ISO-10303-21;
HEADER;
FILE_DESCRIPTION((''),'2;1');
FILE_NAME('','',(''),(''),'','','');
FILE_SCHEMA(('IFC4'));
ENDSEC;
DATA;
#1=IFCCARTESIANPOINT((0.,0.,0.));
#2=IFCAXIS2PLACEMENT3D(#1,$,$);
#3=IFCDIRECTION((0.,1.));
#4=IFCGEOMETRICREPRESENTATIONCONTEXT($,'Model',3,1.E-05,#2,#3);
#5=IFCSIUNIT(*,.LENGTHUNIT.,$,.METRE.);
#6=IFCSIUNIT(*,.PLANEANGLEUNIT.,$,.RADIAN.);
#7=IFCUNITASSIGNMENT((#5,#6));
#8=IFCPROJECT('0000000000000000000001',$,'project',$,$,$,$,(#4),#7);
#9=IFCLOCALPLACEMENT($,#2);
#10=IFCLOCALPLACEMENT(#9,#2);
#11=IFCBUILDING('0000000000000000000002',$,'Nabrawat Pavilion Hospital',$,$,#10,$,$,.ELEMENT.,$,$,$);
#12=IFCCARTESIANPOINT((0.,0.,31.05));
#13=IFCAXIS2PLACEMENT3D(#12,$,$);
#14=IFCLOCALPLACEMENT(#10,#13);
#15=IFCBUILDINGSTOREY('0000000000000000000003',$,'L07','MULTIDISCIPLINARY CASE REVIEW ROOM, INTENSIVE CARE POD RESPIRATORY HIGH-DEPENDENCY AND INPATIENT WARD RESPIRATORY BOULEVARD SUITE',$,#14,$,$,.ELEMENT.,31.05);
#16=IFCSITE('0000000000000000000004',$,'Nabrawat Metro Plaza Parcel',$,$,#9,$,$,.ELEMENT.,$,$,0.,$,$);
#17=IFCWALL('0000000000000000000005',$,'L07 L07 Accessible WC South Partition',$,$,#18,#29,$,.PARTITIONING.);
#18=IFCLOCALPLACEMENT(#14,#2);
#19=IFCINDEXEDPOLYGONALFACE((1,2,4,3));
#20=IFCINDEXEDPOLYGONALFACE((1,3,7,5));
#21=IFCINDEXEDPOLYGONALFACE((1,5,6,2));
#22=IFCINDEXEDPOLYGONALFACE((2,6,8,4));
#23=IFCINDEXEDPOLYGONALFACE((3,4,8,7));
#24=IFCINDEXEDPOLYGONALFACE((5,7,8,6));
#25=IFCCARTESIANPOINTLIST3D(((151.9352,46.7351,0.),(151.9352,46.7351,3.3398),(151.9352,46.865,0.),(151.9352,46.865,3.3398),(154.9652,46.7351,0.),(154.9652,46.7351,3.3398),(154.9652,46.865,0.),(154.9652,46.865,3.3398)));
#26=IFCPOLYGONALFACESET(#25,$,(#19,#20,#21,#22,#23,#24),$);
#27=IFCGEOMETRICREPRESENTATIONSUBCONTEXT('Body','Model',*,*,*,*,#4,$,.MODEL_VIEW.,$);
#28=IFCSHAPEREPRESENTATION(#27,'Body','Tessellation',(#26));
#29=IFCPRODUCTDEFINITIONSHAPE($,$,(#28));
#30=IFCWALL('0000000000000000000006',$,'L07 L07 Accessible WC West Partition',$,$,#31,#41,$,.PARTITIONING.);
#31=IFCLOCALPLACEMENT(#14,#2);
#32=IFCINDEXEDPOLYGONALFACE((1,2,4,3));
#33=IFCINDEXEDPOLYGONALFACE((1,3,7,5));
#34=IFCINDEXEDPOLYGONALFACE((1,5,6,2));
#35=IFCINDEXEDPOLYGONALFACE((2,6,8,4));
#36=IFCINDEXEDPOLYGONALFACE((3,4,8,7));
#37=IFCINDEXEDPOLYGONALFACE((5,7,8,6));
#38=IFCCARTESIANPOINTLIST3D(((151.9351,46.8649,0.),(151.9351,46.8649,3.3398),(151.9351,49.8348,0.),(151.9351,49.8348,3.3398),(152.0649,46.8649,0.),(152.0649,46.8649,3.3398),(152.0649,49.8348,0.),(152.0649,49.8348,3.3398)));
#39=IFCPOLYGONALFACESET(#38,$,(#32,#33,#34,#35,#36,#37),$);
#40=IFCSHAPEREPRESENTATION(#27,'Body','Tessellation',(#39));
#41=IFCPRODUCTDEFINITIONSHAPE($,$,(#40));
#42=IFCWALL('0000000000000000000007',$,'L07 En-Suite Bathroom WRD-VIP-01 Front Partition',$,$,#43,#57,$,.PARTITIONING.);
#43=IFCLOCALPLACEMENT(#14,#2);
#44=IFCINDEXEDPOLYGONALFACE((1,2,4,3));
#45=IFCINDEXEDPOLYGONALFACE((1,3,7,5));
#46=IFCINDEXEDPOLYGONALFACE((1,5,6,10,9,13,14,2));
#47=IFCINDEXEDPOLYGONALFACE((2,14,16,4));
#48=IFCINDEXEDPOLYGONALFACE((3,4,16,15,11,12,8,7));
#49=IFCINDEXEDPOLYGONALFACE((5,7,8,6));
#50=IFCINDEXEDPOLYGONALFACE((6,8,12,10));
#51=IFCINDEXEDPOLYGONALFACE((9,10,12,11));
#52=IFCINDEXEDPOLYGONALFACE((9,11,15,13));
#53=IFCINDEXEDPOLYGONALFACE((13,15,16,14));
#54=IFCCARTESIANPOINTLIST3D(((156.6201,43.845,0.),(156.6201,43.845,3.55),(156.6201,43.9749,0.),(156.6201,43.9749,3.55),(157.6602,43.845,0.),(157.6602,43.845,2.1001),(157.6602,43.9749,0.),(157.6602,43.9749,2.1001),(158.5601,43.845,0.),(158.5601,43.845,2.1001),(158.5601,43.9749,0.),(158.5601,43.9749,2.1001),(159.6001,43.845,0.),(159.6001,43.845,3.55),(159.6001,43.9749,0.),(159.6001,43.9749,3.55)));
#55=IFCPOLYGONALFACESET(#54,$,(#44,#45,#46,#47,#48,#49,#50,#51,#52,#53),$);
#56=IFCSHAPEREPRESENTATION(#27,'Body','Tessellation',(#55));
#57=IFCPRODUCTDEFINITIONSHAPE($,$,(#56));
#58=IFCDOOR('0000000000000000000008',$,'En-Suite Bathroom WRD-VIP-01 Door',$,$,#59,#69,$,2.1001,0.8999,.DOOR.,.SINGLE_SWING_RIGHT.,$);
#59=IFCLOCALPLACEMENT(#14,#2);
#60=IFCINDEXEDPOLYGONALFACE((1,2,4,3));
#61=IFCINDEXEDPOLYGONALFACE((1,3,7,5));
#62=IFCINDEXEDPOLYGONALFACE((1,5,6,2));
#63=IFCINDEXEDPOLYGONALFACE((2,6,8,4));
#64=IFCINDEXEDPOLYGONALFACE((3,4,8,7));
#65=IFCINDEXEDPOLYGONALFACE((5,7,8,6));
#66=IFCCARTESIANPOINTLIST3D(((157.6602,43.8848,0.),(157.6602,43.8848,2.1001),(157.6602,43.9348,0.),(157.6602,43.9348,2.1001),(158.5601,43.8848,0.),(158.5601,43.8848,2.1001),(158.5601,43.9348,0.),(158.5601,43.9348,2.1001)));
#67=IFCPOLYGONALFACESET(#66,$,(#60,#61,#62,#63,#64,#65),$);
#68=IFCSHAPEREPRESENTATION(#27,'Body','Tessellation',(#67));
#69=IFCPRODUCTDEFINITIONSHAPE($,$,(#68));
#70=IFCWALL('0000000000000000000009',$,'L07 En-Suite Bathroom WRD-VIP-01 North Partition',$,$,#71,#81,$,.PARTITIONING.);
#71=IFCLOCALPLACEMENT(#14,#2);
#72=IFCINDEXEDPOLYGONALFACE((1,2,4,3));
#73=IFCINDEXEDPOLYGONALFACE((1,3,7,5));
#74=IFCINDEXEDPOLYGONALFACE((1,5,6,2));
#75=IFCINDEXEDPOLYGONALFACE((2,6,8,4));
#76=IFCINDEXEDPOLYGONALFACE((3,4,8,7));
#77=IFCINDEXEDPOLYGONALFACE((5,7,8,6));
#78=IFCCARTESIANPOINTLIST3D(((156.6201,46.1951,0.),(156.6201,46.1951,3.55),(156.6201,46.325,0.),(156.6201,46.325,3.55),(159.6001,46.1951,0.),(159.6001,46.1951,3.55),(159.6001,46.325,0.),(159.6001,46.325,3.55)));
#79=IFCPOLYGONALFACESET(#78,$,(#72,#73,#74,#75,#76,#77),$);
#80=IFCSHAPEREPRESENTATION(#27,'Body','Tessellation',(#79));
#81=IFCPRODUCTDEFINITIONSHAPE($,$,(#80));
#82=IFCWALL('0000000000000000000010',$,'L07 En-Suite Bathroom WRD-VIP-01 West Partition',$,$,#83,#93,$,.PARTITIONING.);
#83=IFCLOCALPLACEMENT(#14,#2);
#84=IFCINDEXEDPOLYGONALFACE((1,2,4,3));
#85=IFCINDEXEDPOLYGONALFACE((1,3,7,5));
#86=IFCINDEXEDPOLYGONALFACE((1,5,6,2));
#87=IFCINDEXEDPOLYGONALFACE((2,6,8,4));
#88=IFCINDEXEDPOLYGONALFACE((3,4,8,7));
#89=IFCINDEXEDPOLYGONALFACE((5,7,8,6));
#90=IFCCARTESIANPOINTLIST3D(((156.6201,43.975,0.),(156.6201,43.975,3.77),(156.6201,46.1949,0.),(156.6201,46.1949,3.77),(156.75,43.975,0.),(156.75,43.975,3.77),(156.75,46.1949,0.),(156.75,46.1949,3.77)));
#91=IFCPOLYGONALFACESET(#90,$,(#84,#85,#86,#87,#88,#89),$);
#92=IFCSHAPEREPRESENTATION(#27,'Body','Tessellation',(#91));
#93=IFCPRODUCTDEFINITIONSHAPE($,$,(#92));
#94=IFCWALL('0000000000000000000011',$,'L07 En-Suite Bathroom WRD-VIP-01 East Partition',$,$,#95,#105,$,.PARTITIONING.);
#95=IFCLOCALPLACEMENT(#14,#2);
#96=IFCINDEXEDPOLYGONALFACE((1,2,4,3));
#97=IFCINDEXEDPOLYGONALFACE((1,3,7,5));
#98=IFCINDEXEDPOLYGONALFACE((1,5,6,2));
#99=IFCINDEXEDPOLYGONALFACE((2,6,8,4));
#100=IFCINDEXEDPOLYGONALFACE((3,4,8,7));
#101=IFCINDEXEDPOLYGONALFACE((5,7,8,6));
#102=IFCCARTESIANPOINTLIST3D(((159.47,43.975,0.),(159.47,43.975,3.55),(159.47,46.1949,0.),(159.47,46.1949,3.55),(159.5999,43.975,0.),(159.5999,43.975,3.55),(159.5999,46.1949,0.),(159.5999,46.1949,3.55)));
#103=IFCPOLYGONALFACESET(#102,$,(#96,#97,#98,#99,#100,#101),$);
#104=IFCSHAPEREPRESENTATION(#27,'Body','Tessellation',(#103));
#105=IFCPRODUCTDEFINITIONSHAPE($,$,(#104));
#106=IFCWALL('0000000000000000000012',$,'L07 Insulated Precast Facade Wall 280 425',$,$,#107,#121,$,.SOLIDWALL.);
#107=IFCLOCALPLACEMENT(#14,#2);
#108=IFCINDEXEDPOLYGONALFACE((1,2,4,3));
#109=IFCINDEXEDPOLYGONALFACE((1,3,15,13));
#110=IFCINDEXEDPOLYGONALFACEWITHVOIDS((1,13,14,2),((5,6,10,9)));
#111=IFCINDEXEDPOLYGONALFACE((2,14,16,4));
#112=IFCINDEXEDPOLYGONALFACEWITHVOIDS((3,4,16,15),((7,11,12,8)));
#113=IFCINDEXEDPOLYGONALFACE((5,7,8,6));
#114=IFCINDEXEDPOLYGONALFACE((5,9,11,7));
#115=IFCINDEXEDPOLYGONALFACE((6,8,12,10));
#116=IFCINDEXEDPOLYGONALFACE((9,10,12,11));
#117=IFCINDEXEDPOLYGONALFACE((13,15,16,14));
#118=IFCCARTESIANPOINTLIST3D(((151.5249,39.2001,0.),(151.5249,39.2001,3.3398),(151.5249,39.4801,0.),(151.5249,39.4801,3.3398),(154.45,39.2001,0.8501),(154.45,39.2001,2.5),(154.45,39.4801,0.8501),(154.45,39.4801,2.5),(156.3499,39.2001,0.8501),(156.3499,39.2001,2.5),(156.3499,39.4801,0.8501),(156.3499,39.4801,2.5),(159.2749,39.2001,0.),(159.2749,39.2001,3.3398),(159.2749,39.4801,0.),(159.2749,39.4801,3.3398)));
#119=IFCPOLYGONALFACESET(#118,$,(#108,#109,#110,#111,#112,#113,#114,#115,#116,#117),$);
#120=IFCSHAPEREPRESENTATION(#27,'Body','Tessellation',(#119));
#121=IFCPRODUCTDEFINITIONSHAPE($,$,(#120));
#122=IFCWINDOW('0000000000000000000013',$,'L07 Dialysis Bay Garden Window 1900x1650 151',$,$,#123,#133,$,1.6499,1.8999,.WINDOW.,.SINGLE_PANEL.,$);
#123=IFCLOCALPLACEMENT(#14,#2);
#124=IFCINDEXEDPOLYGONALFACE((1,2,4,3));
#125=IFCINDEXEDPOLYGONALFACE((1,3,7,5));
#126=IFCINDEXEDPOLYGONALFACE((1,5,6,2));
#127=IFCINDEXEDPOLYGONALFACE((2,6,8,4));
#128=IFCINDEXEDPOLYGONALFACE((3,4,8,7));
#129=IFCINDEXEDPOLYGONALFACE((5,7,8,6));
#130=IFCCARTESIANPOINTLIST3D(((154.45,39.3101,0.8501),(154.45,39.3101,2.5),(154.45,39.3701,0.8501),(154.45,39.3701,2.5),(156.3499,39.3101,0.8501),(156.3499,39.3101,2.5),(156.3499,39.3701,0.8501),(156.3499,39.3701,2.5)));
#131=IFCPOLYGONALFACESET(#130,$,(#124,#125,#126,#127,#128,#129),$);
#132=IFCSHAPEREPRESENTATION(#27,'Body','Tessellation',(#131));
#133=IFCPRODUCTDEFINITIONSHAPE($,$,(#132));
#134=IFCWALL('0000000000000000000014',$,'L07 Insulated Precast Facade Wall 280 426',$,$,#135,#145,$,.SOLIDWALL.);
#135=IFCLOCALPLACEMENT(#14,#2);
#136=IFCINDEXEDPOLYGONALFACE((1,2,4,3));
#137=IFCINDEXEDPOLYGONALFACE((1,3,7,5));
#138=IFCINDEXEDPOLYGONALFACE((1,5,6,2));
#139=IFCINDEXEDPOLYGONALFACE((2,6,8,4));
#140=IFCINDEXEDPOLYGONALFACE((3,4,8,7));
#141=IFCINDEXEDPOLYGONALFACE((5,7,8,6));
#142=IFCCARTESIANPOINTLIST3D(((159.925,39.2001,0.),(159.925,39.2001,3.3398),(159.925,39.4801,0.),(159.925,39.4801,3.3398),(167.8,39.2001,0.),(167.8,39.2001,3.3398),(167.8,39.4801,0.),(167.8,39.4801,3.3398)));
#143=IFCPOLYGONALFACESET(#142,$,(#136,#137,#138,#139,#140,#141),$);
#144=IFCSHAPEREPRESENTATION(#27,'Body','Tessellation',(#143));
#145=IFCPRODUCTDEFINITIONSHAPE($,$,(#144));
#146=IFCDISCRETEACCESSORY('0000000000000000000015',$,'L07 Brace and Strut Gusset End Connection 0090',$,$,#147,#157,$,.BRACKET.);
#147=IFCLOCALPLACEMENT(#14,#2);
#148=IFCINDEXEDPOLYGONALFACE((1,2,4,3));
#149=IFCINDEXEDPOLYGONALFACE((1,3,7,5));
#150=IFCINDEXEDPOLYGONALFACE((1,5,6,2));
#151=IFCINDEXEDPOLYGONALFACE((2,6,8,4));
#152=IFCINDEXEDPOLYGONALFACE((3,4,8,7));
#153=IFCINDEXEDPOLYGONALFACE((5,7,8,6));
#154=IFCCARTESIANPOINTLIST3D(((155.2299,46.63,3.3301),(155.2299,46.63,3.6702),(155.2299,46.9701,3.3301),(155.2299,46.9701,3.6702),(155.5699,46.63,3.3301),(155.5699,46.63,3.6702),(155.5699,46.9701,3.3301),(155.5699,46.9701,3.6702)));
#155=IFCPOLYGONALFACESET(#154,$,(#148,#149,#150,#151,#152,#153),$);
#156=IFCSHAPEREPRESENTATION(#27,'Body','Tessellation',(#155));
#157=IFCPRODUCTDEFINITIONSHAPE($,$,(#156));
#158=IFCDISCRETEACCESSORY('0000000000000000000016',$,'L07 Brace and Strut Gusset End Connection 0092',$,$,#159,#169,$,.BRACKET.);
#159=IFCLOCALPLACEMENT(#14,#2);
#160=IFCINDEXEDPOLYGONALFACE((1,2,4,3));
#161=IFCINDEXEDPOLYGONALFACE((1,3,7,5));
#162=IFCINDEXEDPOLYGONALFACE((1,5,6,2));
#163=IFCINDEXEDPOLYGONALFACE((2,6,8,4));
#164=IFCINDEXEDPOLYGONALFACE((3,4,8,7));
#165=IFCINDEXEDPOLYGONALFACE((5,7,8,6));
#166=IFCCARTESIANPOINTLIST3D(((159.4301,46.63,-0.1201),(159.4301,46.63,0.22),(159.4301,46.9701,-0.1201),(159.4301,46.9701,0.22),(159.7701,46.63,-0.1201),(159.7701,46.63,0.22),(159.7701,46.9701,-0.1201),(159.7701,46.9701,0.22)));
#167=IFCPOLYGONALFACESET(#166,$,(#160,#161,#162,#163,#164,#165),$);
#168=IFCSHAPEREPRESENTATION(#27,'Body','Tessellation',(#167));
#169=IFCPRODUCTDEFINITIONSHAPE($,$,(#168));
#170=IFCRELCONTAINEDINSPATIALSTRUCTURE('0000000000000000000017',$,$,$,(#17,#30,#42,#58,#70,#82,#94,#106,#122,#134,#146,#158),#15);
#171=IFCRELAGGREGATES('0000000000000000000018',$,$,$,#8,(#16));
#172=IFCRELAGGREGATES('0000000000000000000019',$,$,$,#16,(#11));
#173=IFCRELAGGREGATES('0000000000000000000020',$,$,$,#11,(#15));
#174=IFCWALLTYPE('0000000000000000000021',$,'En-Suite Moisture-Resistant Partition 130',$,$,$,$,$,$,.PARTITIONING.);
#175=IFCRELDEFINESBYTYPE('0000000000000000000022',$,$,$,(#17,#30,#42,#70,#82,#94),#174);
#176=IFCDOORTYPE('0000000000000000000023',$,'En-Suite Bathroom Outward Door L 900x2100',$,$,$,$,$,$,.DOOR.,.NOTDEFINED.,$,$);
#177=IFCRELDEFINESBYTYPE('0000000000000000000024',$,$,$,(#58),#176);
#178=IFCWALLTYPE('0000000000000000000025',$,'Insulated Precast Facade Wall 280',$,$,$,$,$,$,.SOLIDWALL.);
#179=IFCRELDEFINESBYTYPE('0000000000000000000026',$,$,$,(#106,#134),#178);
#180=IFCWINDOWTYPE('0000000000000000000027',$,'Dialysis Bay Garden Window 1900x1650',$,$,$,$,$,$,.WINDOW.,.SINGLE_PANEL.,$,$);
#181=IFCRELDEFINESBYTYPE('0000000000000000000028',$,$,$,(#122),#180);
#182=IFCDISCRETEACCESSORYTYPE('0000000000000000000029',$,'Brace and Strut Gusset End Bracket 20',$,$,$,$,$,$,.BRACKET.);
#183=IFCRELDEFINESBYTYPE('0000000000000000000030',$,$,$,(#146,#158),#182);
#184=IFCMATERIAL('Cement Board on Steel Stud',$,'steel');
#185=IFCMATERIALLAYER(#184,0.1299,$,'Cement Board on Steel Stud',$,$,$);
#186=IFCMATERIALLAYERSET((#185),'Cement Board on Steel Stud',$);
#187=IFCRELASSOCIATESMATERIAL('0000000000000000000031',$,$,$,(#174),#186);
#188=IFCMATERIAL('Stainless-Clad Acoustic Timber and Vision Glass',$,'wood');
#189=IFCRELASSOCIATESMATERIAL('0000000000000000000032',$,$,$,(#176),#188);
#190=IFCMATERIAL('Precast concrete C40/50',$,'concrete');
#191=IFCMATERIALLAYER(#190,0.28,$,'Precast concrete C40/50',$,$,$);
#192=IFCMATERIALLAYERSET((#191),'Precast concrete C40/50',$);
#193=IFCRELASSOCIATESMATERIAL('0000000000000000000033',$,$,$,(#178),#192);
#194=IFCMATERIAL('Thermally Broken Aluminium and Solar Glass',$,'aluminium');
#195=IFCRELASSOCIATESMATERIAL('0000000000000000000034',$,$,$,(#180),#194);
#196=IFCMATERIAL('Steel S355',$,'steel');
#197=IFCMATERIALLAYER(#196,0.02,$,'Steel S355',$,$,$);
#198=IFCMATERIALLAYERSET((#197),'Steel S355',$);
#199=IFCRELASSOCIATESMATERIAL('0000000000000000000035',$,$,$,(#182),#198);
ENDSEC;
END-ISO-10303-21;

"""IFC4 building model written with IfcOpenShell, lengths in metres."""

from ifc_helpers import new_model, si_unit, direction, frame, frame_2d, origin, origin_2d, place, context, subcontext, project, spatial, rectangle, extrude, material, layer, layer_set, type_object, element, fill, save


model = new_model("IFC4")

# Units and contexts
model_context = context("Model", 3, precision=1e-05, world=origin(), true_north=direction((0.0, 1.0)))
body_context = subcontext(model_context, "Body", "Model", "MODEL_VIEW")
ifc_project = project(units=[si_unit("LENGTHUNIT", "METRE"), si_unit("PLANEANGLEUNIT", "RADIAN")], contexts=[model_context])

# Site, building, storey
site_placement = place(None, origin())
site = spatial("IfcSite", under=ifc_project, at=site_placement, Name="Nabrawat Metro Plaza Parcel", CompositionType="ELEMENT", RefElevation=0.0)
building_placement = place(site_placement, origin())
building = spatial("IfcBuilding", under=site, at=building_placement, Name="Nabrawat Pavilion Hospital", CompositionType="ELEMENT")
storey_placement = place(building_placement, frame((0.0, 0.0, 31.05)))
storey = spatial("IfcBuildingStorey", under=building, at=storey_placement, Name="L07", Description="MULTIDISCIPLINARY CASE REVIEW ROOM, INTENSIVE CARE POD RESPIRATORY HIGH-DEPENDENCY AND INPATIENT WARD RESPIRATORY BOULEVARD SUITE", CompositionType="ELEMENT", Elevation=31.05)

# Shared definitions
ifc_material_1 = material(Name="Steel S355", Category="steel")

# Shared definitions
ifc_material_2 = material(Name="Stainless-Clad Acoustic Timber and Vision Glass", Category="wood")

# Walls
ifc_material_3 = material(Name="Cement Board on Steel Stud", Category="steel")
ifc_layer_1 = layer(ifc_material_3, 0.1299, Name="Cement Board on Steel Stud")
ifc_layer_set_1 = layer_set([ifc_layer_1], Name="Cement Board on Steel Stud")
wall_type_1 = type_object("IfcWallType", Name="En-Suite Moisture-Resistant Partition 130", PredefinedType="PARTITIONING", material=ifc_layer_set_1)
wall_1_placement = place(storey_placement, frame((151.9351, 46.8, 0.0), z_axis=(0.0, 0.0, 1.0), x_axis=(1.0, 0.0, 0.0)))
element("IfcWall", 1, at=wall_1_placement, inside=storey, type_object=wall_type_1, Name="L07 L07 Accessible WC South Partition", PredefinedType="PARTITIONING", context=body_context, shape_type="SweptSolid", body=[
    extrude(rectangle(XDim=3.03, YDim=0.1299, at=frame_2d((1.5151, 0.0))), origin(), (0.0, 0.0, 1.0), 3.3398),
])
wall_2_placement = place(storey_placement, frame((152.0, 46.865, 0.0), z_axis=(0.0, 0.0, 1.0), x_axis=(0.0, 1.0, 0.0)))
element("IfcWall", 2, at=wall_2_placement, inside=storey, type_object=wall_type_1, Name="L07 L07 Accessible WC West Partition", PredefinedType="PARTITIONING", context=body_context, shape_type="SweptSolid", body=[
    extrude(rectangle(XDim=2.97, YDim=0.1299, at=frame_2d((1.4849, 0.0))), origin(), (0.0, 0.0, 1.0), 3.3398),
])

# Wall, opening, door
wall_3_placement = place(storey_placement, frame((156.6201, 43.9099, 0.0), z_axis=(0.0, 0.0, 1.0), x_axis=(1.0, 0.0, 0.0)))
wall_3 = element("IfcWall", 3, at=wall_3_placement, inside=storey, type_object=wall_type_1, Name="L07 En-Suite Bathroom WRD-VIP-01 Front Partition", PredefinedType="PARTITIONING", context=body_context, shape_type="SweptSolid", body=[
    extrude(rectangle(XDim=2.98, YDim=0.1299, at=frame_2d((1.49, 0.0))), origin(), (0.0, 0.0, 1.0), 3.55),
])
opening_1_placement = place(wall_3_placement, frame((1.04, 0.0, 0.0)))
opening_1 = element("IfcOpeningElement", 4, at=opening_1_placement, cuts=wall_3, PredefinedType="OPENING", context=body_context, shape_type="SweptSolid", body=[
    extrude(rectangle(XDim=0.8999, YDim=2.1001, at=frame_2d((0.45, 1.05))), frame((0.0, 0.075, 0.0), z_axis=(0.0, -1.0, 0.0), x_axis=(1.0, 0.0, 0.0)), (0.0, 0.0, 1.0), 0.1499),
])
door_type_1 = type_object("IfcDoorType", Name="En-Suite Bathroom Outward Door L 900x2100", OperationType="NOTDEFINED", PredefinedType="DOOR", material=ifc_material_2)
door_1_placement = place(opening_1_placement, origin())
door_1 = element("IfcDoor", 5, at=door_1_placement, inside=storey, type_object=door_type_1, Name="En-Suite Bathroom WRD-VIP-01 Door", OperationType="SINGLE_SWING_RIGHT", OverallHeight=2.1001, OverallWidth=0.8999, PredefinedType="DOOR", context=body_context, shape_type="SweptSolid", body=[
    extrude(rectangle(XDim=0.8999, YDim=2.1001, at=frame_2d((0.45, 1.05))), frame((0.0, 0.0249, 0.0), z_axis=(0.0, -1.0, 0.0), x_axis=(1.0, 0.0, 0.0)), (0.0, 0.0, 1.0), 0.05),
])
fill(opening_1, door_1)

# Walls
wall_4_placement = place(storey_placement, frame((156.6201, 46.26, 0.0), z_axis=(0.0, 0.0, 1.0), x_axis=(1.0, 0.0, 0.0)))
element("IfcWall", 6, at=wall_4_placement, inside=storey, type_object=wall_type_1, Name="L07 En-Suite Bathroom WRD-VIP-01 North Partition", PredefinedType="PARTITIONING", context=body_context, shape_type="SweptSolid", body=[
    extrude(rectangle(XDim=2.98, YDim=0.1299, at=frame_2d((1.49, 0.0))), origin(), (0.0, 0.0, 1.0), 3.55),
])
wall_5_placement = place(storey_placement, frame((156.6851, 43.9751, 0.0), z_axis=(0.0, 0.0, 1.0), x_axis=(0.0, 1.0, 0.0)))
element("IfcWall", 7, at=wall_5_placement, inside=storey, type_object=wall_type_1, Name="L07 En-Suite Bathroom WRD-VIP-01 West Partition", PredefinedType="PARTITIONING", context=body_context, shape_type="SweptSolid", body=[
    extrude(rectangle(XDim=2.22, YDim=0.1299, at=frame_2d((1.1099, 0.0))), origin(), (0.0, 0.0, 1.0), 3.77),
])
wall_6_placement = place(storey_placement, frame((159.5349, 43.9751, 0.0), z_axis=(0.0, 0.0, 1.0), x_axis=(0.0, 1.0, 0.0)))
element("IfcWall", 8, at=wall_6_placement, inside=storey, type_object=wall_type_1, Name="L07 En-Suite Bathroom WRD-VIP-01 East Partition", PredefinedType="PARTITIONING", context=body_context, shape_type="SweptSolid", body=[
    extrude(rectangle(XDim=2.22, YDim=0.1299, at=frame_2d((1.1099, 0.0))), origin(), (0.0, 0.0, 1.0), 3.55),
])

# Wall, opening, window
ifc_material_4 = material(Name="Precast concrete C40/50", Category="concrete")
ifc_layer_2 = layer(ifc_material_4, 0.28, Name="Precast concrete C40/50")
ifc_layer_set_2 = layer_set([ifc_layer_2], Name="Precast concrete C40/50")
wall_type_2 = type_object("IfcWallType", Name="Insulated Precast Facade Wall 280", PredefinedType="SOLIDWALL", material=ifc_layer_set_2)
wall_7_placement = place(storey_placement, frame((151.5249, 39.3401, 0.0), z_axis=(0.0, 0.0, 1.0), x_axis=(1.0, 0.0, 0.0)))
wall_7 = element("IfcWall", 9, at=wall_7_placement, inside=storey, type_object=wall_type_2, Name="L07 Insulated Precast Facade Wall 280 425", PredefinedType="SOLIDWALL", context=body_context, shape_type="SweptSolid", body=[
    extrude(rectangle(XDim=7.75, YDim=0.28, at=frame_2d((3.875, 0.0))), origin(), (0.0, 0.0, 1.0), 3.3398),
])
opening_2_placement = place(wall_7_placement, frame((2.925, 0.0, 0.8501)))
opening_2 = element("IfcOpeningElement", 10, at=opening_2_placement, cuts=wall_7, PredefinedType="OPENING", context=body_context, shape_type="SweptSolid", body=[
    extrude(rectangle(XDim=1.8999, YDim=1.6499, at=frame_2d((0.95, 0.825))), frame((0.0, 0.1499, 0.0), z_axis=(0.0, -1.0, 0.0), x_axis=(1.0, 0.0, 0.0)), (0.0, 0.0, 1.0), 0.3),
])
ifc_material_5 = material(Name="Thermally Broken Aluminium and Solar Glass", Category="aluminium")
window_type = type_object("IfcWindowType", Name="Dialysis Bay Garden Window 1900x1650", PartitioningType="SINGLE_PANEL", PredefinedType="WINDOW", material=ifc_material_5)
window_placement = place(opening_2_placement, origin())
window = element("IfcWindow", 11, at=window_placement, inside=storey, type_object=window_type, Name="L07 Dialysis Bay Garden Window 1900x1650 151", OverallHeight=1.6499, OverallWidth=1.8999, PartitioningType="SINGLE_PANEL", PredefinedType="WINDOW", context=body_context, shape_type="SweptSolid", body=[
    extrude(rectangle(XDim=1.8999, YDim=1.6499, at=frame_2d((0.95, 0.825))), frame((0.0, 0.03, 0.0), z_axis=(0.0, -1.0, 0.0), x_axis=(1.0, 0.0, 0.0)), (0.0, 0.0, 1.0), 0.0601),
])
fill(opening_2, window)

# Wall
wall_8_placement = place(storey_placement, frame((159.925, 39.3401, 0.0), z_axis=(0.0, 0.0, 1.0), x_axis=(1.0, 0.0, 0.0)))
element("IfcWall", 12, at=wall_8_placement, inside=storey, type_object=wall_type_2, Name="L07 Insulated Precast Facade Wall 280 426", PredefinedType="SOLIDWALL", context=body_context, shape_type="SweptSolid", body=[
    extrude(rectangle(XDim=7.875, YDim=0.28, at=frame_2d((3.9375, 0.0))), origin(), (0.0, 0.0, 1.0), 3.3398),
])

# Discrete accessories
ifc_layer_3 = layer(ifc_material_1, 0.02, Name="Steel S355")
ifc_layer_set_3 = layer_set([ifc_layer_3], Name="Steel S355")
discrete_accessory_type = type_object("IfcDiscreteAccessoryType", Name="Brace and Strut Gusset End Bracket 20", PredefinedType="BRACKET", material=ifc_layer_set_3)
for number, where, z_axis, x_axis, name in (
    (13, (155.3999, 46.8, 3.3301), (0.0, 0.0, 1.0), (1.0, 0.0, 0.0), "L07 Brace and Strut Gusset End Connection 0090"),
    (14, (159.6001, 46.8, -0.1201), (0.0, 0.0, 1.0), (1.0, 0.0, 0.0), "L07 Brace and Strut Gusset End Connection 0092"),
):
    element("IfcDiscreteAccessory", number, at=place(storey_placement, frame(where, z_axis=z_axis, x_axis=x_axis)), inside=storey, type_object=discrete_accessory_type, Name=name, PredefinedType="BRACKET", context=body_context, shape_type="SweptSolid", body=[
        extrude(rectangle(XDim=0.3401, YDim=0.3401, at=origin_2d()), origin(), (0.0, 0.0, 1.0), 0.3401),
    ])

save(model, "model.ifc")
